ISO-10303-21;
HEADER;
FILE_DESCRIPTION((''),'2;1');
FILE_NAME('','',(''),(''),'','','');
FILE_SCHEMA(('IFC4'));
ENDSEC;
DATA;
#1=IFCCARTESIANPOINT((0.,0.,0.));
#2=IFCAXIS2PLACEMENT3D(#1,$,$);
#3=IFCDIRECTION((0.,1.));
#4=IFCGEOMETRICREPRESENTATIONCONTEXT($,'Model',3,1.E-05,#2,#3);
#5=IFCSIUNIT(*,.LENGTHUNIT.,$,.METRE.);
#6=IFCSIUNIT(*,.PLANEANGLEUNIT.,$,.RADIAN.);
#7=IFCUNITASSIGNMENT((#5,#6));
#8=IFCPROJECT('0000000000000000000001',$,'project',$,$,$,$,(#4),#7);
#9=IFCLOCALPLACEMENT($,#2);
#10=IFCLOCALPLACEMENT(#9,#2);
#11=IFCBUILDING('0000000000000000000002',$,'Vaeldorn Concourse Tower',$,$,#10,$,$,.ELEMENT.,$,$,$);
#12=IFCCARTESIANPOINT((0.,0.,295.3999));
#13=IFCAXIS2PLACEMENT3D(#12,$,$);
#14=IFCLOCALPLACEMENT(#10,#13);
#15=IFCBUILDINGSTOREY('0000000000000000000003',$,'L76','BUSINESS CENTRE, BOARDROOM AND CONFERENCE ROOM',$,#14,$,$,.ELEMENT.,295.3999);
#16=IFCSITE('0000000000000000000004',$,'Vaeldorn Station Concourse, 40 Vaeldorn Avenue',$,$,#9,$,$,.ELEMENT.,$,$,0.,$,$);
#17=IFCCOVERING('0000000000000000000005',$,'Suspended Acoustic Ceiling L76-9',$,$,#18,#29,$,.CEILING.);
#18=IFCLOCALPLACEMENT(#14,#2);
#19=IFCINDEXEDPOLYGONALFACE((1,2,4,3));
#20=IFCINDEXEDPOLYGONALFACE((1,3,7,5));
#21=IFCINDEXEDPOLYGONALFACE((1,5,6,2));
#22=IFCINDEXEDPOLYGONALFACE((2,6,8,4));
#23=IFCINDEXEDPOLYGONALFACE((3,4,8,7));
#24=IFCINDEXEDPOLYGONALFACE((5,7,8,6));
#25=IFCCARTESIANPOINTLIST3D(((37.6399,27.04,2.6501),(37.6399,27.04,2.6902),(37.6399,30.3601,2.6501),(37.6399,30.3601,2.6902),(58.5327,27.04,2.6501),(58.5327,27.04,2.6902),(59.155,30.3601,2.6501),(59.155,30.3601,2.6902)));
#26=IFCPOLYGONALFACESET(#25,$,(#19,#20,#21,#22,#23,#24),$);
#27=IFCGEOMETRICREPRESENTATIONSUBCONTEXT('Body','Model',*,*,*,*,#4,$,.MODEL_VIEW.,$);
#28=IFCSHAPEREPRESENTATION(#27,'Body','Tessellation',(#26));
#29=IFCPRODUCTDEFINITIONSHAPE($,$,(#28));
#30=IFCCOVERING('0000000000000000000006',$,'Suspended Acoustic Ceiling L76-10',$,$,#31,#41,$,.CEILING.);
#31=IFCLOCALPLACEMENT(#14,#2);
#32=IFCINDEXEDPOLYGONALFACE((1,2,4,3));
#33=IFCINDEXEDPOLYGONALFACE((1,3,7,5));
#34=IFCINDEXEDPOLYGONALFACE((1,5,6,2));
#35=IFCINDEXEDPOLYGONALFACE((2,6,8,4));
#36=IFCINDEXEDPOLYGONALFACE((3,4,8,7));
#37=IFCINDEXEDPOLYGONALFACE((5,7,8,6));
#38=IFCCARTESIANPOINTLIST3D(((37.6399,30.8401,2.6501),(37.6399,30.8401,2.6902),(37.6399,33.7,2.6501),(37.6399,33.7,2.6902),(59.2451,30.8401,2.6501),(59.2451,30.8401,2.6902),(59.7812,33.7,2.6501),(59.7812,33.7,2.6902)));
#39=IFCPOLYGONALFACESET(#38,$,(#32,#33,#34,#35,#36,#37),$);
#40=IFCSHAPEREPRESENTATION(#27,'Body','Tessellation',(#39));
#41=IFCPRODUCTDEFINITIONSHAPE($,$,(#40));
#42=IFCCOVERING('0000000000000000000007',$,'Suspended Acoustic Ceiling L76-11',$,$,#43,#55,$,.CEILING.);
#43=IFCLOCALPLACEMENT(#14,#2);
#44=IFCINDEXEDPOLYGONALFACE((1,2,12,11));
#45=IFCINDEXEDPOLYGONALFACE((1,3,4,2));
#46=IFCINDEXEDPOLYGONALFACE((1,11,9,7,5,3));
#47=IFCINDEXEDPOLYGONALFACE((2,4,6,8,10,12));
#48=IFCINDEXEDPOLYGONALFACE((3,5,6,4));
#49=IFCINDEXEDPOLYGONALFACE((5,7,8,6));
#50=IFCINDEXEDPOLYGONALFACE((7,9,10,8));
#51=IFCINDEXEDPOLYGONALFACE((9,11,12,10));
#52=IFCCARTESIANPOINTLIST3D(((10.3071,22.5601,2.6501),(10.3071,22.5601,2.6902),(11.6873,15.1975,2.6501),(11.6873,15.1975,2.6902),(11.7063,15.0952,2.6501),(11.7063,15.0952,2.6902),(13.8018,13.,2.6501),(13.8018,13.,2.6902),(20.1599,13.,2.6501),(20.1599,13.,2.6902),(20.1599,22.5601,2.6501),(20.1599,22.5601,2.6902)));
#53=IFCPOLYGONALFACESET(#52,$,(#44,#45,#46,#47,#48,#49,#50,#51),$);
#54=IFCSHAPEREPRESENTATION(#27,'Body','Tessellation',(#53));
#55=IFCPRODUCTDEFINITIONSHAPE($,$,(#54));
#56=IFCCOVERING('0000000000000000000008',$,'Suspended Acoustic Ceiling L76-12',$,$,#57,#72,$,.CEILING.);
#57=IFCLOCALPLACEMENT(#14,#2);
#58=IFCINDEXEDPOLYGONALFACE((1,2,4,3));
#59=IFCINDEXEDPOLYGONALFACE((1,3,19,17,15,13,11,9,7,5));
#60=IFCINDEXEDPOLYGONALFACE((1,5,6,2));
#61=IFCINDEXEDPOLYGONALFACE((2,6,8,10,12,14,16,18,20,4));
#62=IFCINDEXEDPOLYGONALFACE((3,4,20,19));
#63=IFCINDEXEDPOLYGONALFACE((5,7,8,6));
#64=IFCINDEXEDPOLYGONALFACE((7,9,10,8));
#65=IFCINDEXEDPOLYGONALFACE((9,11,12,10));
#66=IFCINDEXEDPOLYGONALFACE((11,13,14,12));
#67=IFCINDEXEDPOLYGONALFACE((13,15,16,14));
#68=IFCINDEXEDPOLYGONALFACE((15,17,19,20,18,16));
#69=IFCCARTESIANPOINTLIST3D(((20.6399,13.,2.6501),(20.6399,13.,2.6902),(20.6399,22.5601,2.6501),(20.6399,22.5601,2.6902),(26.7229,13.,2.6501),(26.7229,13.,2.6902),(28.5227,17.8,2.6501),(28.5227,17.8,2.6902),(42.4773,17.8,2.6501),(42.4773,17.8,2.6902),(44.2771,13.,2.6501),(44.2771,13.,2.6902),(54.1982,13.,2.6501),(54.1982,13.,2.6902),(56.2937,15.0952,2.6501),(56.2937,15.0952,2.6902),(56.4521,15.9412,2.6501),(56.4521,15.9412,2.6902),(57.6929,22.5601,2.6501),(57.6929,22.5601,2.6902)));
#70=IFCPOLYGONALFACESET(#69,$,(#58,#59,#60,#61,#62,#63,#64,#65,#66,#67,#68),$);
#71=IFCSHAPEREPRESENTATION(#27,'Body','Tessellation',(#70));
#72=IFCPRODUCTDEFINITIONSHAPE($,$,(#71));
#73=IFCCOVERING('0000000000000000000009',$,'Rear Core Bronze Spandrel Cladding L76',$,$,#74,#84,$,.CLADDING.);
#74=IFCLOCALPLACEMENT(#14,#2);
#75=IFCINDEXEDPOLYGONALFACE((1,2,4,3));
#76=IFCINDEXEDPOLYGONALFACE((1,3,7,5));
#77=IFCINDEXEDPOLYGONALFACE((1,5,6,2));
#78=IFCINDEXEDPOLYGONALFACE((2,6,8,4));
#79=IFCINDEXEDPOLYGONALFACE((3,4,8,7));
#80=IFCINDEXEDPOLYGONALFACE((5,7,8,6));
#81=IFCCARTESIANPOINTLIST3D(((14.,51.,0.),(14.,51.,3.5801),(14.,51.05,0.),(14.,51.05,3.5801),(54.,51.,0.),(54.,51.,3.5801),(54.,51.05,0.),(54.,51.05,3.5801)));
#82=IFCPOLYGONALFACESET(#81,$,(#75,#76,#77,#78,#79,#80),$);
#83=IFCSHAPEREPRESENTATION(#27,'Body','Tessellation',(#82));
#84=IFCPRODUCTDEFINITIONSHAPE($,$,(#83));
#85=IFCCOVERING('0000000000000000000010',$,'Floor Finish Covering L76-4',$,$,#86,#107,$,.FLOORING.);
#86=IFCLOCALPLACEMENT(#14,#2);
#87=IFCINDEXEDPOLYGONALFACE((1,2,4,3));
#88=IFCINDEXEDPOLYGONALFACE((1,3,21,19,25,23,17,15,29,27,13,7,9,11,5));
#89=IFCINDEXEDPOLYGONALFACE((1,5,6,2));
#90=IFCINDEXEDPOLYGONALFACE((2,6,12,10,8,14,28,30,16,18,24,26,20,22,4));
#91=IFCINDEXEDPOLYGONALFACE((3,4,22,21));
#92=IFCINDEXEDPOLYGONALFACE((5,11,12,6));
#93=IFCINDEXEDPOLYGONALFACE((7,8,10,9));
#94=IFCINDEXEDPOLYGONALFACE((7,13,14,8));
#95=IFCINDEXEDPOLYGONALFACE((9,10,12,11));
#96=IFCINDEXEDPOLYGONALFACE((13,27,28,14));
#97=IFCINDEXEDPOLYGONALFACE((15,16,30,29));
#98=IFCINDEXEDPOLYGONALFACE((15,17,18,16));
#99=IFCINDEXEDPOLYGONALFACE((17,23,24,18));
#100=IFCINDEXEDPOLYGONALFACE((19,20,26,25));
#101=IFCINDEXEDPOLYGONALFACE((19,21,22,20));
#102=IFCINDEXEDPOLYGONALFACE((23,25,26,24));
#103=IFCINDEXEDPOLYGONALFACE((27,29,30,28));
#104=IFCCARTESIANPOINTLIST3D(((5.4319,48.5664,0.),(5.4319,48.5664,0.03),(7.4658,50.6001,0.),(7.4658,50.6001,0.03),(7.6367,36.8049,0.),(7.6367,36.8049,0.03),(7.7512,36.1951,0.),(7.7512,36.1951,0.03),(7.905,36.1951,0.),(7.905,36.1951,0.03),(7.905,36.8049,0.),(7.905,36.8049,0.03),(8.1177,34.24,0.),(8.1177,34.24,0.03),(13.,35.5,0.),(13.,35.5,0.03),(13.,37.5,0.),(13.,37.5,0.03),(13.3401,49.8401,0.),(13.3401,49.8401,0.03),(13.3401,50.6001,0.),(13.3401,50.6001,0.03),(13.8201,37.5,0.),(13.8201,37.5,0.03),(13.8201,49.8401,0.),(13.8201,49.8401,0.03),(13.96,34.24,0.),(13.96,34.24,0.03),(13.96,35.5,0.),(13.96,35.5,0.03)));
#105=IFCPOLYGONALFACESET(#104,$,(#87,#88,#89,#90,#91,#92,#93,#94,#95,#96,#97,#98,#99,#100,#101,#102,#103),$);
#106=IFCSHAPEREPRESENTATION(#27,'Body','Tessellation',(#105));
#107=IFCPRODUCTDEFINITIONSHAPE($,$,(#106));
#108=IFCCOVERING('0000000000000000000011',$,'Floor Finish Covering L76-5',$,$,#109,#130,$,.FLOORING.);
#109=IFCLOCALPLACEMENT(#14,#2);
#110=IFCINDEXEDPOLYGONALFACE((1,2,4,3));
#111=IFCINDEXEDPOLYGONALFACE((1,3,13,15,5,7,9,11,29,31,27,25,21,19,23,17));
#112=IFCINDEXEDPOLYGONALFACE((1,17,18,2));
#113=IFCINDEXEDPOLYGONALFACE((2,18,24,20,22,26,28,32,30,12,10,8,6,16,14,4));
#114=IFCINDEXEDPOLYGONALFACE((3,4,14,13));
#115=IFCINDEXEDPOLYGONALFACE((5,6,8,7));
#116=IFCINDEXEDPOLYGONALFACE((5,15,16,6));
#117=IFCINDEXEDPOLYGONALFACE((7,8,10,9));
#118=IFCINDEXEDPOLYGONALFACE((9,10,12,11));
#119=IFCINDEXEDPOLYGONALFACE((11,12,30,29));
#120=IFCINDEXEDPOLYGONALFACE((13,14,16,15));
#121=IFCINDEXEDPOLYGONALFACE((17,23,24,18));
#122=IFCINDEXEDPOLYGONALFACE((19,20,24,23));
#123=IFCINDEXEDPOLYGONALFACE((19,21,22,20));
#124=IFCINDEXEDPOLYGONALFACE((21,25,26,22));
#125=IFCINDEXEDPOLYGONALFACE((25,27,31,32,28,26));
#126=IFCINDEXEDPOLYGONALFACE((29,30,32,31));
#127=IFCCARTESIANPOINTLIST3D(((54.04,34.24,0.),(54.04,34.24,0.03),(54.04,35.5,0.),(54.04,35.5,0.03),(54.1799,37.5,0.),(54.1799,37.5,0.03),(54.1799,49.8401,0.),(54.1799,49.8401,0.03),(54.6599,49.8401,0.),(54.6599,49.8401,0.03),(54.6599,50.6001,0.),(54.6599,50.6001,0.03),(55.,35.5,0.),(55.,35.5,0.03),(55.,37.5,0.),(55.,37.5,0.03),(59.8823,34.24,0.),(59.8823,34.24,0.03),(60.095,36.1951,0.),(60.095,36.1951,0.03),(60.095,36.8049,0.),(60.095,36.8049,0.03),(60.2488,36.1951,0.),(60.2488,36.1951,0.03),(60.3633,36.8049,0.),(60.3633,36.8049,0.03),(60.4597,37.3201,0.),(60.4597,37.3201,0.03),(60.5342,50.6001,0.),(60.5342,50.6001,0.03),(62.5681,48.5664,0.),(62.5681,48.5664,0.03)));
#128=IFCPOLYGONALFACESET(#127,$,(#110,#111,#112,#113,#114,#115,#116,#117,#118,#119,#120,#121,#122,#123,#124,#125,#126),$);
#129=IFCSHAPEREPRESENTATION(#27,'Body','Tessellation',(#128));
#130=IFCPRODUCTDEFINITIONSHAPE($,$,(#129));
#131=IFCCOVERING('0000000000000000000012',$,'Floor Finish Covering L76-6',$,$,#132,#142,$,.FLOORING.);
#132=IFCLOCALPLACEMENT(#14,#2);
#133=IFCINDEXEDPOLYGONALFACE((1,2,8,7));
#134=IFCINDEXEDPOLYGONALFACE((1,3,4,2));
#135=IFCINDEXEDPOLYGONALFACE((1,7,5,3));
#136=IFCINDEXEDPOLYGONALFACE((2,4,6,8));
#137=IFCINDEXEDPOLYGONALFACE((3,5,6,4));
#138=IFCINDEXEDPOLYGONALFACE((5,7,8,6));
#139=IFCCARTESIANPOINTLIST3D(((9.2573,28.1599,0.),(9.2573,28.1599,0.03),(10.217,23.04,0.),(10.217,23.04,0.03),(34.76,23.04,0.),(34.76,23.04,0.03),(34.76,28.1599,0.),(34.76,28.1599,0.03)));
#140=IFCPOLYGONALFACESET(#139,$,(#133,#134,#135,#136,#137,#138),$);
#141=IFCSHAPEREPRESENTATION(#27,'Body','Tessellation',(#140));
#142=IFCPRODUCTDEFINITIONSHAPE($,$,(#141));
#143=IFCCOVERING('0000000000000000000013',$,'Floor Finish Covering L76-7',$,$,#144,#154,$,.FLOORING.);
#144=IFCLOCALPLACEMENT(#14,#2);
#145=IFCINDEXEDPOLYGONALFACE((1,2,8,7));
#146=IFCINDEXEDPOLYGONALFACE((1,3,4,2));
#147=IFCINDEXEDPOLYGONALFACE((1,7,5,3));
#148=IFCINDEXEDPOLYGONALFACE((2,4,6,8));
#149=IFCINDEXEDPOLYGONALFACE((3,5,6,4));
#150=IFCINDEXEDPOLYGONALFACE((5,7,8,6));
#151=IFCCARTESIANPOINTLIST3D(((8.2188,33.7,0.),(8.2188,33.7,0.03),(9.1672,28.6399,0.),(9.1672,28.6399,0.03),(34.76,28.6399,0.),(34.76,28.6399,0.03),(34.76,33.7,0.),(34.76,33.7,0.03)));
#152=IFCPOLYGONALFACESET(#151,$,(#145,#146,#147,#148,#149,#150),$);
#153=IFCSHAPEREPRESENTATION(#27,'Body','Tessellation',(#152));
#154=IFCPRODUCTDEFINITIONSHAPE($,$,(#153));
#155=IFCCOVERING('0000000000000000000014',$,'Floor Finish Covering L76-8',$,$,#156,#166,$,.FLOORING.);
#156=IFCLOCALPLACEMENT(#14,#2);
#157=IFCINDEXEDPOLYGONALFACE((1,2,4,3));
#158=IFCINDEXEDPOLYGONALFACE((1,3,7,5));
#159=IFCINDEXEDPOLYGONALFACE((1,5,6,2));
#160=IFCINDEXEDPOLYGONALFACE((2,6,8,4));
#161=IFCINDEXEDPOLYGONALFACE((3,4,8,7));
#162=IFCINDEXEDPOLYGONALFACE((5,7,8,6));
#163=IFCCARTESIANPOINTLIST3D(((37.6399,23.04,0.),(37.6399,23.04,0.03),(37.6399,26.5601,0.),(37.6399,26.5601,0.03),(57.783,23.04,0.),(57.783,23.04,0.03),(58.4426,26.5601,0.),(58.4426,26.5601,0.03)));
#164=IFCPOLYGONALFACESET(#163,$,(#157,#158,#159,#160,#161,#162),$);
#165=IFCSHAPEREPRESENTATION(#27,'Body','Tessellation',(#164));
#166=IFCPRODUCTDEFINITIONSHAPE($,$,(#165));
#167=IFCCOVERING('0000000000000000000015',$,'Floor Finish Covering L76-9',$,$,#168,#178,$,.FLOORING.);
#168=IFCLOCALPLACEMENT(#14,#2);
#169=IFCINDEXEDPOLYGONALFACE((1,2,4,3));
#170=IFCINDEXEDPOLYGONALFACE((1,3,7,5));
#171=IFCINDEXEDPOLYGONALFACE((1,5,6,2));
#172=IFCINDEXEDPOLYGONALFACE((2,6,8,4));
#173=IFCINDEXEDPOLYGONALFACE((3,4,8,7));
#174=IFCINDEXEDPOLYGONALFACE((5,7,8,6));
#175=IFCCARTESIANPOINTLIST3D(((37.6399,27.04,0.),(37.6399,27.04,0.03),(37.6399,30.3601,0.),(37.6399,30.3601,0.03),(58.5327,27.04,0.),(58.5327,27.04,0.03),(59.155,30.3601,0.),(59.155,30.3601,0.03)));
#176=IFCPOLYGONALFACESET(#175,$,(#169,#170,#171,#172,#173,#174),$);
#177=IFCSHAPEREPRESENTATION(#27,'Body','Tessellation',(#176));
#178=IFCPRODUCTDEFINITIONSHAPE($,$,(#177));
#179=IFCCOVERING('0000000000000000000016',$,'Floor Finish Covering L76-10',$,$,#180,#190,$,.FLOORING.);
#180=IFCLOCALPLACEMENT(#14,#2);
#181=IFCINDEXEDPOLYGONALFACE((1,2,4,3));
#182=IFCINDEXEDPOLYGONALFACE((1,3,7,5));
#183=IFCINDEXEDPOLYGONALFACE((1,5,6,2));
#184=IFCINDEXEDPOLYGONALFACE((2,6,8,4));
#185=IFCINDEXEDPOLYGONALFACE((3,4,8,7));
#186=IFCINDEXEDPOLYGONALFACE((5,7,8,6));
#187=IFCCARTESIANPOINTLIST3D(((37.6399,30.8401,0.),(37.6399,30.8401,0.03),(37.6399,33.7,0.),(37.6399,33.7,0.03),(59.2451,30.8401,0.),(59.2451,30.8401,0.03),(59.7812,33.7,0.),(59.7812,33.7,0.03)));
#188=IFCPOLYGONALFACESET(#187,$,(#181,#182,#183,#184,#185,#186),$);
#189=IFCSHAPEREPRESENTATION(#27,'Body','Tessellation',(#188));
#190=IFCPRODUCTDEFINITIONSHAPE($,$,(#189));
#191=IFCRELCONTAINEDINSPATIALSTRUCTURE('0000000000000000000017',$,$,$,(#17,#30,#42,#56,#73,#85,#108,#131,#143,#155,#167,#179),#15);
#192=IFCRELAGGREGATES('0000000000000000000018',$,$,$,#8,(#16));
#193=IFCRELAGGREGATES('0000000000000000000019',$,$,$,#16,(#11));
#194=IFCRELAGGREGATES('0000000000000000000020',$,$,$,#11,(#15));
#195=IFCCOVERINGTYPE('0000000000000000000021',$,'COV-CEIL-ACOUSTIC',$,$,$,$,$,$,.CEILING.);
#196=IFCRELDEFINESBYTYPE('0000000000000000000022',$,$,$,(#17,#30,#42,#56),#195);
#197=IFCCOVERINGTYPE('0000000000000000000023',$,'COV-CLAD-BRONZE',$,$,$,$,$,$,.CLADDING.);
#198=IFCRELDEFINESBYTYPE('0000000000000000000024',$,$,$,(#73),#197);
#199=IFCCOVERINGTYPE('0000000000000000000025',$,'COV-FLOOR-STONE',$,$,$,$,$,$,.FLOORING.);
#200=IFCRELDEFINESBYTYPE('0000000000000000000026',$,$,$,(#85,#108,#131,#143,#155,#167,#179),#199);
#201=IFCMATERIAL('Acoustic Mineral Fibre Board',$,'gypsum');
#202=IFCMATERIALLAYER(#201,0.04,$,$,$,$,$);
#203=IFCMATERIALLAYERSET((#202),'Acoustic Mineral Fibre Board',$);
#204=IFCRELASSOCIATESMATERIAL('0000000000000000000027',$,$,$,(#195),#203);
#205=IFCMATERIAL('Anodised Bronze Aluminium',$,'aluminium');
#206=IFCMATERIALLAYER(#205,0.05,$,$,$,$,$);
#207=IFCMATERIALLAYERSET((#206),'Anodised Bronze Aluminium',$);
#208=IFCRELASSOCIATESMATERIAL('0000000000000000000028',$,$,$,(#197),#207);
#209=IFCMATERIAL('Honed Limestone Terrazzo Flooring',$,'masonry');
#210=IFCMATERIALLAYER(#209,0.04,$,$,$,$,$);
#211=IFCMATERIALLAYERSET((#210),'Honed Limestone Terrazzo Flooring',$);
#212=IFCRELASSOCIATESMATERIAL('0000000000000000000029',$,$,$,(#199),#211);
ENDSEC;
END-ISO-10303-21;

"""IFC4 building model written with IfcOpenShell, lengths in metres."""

from ifc_helpers import new_model, si_unit, direction, frame, origin, place, context, subcontext, project, spatial, polyline, outline, extrude, material, layer, layer_set, type_object, element, save


model = new_model("IFC4")

# Units and contexts
model_context = context("Model", 3, precision=1e-05, world=origin(), true_north=direction((0.0, 1.0)))
body_context = subcontext(model_context, "Body", "Model", "MODEL_VIEW")
ifc_project = project(units=[si_unit("LENGTHUNIT", "METRE"), si_unit("PLANEANGLEUNIT", "RADIAN")], contexts=[model_context])

# Site, building, storey
site_placement = place(None, origin())
site = spatial("IfcSite", under=ifc_project, at=site_placement, Name="Vaeldorn Station Concourse, 40 Vaeldorn Avenue", CompositionType="ELEMENT", RefElevation=0.0)
building_placement = place(site_placement, origin())
building = spatial("IfcBuilding", under=site, at=building_placement, Name="Vaeldorn Concourse Tower", CompositionType="ELEMENT")
storey_placement = place(building_placement, frame((0.0, 0.0, 295.3999)))
storey = spatial("IfcBuildingStorey", under=building, at=storey_placement, Name="L76", Description="BUSINESS CENTRE, BOARDROOM AND CONFERENCE ROOM", CompositionType="ELEMENT", Elevation=295.3999)

# Coverings
ifc_material_1 = material(Name="Acoustic Mineral Fibre Board", Category="gypsum")
ifc_layer_1 = layer(ifc_material_1, 0.04)
ifc_layer_set_1 = layer_set([ifc_layer_1], Name="Acoustic Mineral Fibre Board")
covering_type_1 = type_object("IfcCoveringType", Name="COV-CEIL-ACOUSTIC", PredefinedType="CEILING", material=ifc_layer_set_1)
covering_1_placement = place(storey_placement, frame((0.0, 0.0, 2.6501)))
element("IfcCovering", 1, at=covering_1_placement, inside=storey, type_object=covering_type_1, Name="Suspended Acoustic Ceiling L76-9", PredefinedType="CEILING", context=body_context, shape_type="SweptSolid", body=[
    extrude(outline(polyline([(37.6399, 30.3601), (59.155, 30.3601), (58.5327, 27.04), (37.6399, 27.04), (37.6399, 30.3601)])), origin(), (0.0, 0.0, 1.0), 0.04),
])
covering_2_placement = place(storey_placement, frame((0.0, 0.0, 2.6501)))
element("IfcCovering", 2, at=covering_2_placement, inside=storey, type_object=covering_type_1, Name="Suspended Acoustic Ceiling L76-10", PredefinedType="CEILING", context=body_context, shape_type="SweptSolid", body=[
    extrude(outline(polyline([(37.6399, 30.8401), (37.6399, 33.7), (59.7812, 33.7), (59.2451, 30.8401), (37.6399, 30.8401)])), origin(), (0.0, 0.0, 1.0), 0.04),
])
covering_3_placement = place(storey_placement, frame((0.0, 0.0, 2.6501)))
element("IfcCovering", 3, at=covering_3_placement, inside=storey, type_object=covering_type_1, Name="Suspended Acoustic Ceiling L76-11", PredefinedType="CEILING", context=body_context, shape_type="SweptSolid", body=[
    extrude(outline(polyline([(20.1599, 22.5601), (20.1599, 13.0), (13.8018, 13.0), (11.7063, 15.0952), (11.6873, 15.1975), (10.3071, 22.5601), (20.1599, 22.5601)])), origin(), (0.0, 0.0, 1.0), 0.04),
])
covering_4_placement = place(storey_placement, frame((0.0, 0.0, 2.6501)))
element("IfcCovering", 4, at=covering_4_placement, inside=storey, type_object=covering_type_1, Name="Suspended Acoustic Ceiling L76-12", PredefinedType="CEILING", context=body_context, shape_type="SweptSolid", body=[
    extrude(outline(polyline([(26.7229, 13.0), (20.6399, 13.0), (20.6399, 22.5601), (57.6929, 22.5601), (56.4521, 15.9412), (56.4521, 15.9412), (56.2937, 15.0952), (54.1982, 13.0), (44.2771, 13.0), (42.4773, 17.8), (28.5227, 17.8), (26.7229, 13.0)])), origin(), (0.0, 0.0, 1.0), 0.04),
])
ifc_material_2 = material(Name="Anodised Bronze Aluminium", Category="aluminium")
ifc_layer_2 = layer(ifc_material_2, 0.05)
ifc_layer_set_2 = layer_set([ifc_layer_2], Name="Anodised Bronze Aluminium")
covering_type_2 = type_object("IfcCoveringType", Name="COV-CLAD-BRONZE", PredefinedType="CLADDING", material=ifc_layer_set_2)
covering_5_placement = place(storey_placement, origin())
element("IfcCovering", 5, at=covering_5_placement, inside=storey, type_object=covering_type_2, Name="Rear Core Bronze Spandrel Cladding L76", PredefinedType="CLADDING", context=body_context, shape_type="SweptSolid", body=[
    extrude(outline(polyline([(14.0, 51.0), (54.0, 51.0), (54.0, 51.05), (14.0, 51.05), (14.0, 51.0)])), origin(), (0.0, 0.0, 1.0), 3.5801),
])
ifc_material_3 = material(Name="Honed Limestone Terrazzo Flooring", Category="masonry")
ifc_layer_3 = layer(ifc_material_3, 0.04)
ifc_layer_set_3 = layer_set([ifc_layer_3], Name="Honed Limestone Terrazzo Flooring")
covering_type_3 = type_object("IfcCoveringType", Name="COV-FLOOR-STONE", PredefinedType="FLOORING", material=ifc_layer_set_3)
covering_6_placement = place(storey_placement, origin())
element("IfcCovering", 6, at=covering_6_placement, inside=storey, type_object=covering_type_3, Name="Floor Finish Covering L76-4", PredefinedType="FLOORING", context=body_context, shape_type="SweptSolid", body=[
    extrude(outline(polyline([(7.4658, 50.6001), (13.3401, 50.6001), (13.3401, 49.8401), (13.8201, 49.8401), (13.8201, 37.5), (13.0, 37.5), (13.0, 35.5), (13.96, 35.5), (13.96, 34.24), (8.1177, 34.24), (7.7512, 36.1951), (7.905, 36.1951), (7.905, 36.8049), (7.6367, 36.8049), (5.4319, 48.5664), (7.4658, 50.6001)])), origin(), (0.0, 0.0, 1.0), 0.03),
])
covering_7_placement = place(storey_placement, origin())
element("IfcCovering", 7, at=covering_7_placement, inside=storey, type_object=covering_type_3, Name="Floor Finish Covering L76-5", PredefinedType="FLOORING", context=body_context, shape_type="SweptSolid", body=[
    extrude(outline(polyline([(54.1799, 49.8401), (54.6599, 49.8401), (54.6599, 50.6001), (60.5342, 50.6001), (62.5681, 48.5664), (60.4597, 37.3201), (60.4597, 37.3201), (60.3633, 36.8049), (60.095, 36.8049), (60.095, 36.1951), (60.2488, 36.1951), (59.8823, 34.24), (54.04, 34.24), (54.04, 35.5), (55.0, 35.5), (55.0, 37.5), (54.1799, 37.5), (54.1799, 49.8401)])), origin(), (0.0, 0.0, 1.0), 0.03),
])
covering_8_placement = place(storey_placement, origin())
element("IfcCovering", 8, at=covering_8_placement, inside=storey, type_object=covering_type_3, Name="Floor Finish Covering L76-6", PredefinedType="FLOORING", context=body_context, shape_type="SweptSolid", body=[
    extrude(outline(polyline([(34.76, 28.1599), (34.76, 23.04), (10.217, 23.04), (9.2573, 28.1599), (34.76, 28.1599)])), origin(), (0.0, 0.0, 1.0), 0.03),
])
covering_9_placement = place(storey_placement, origin())
element("IfcCovering", 9, at=covering_9_placement, inside=storey, type_object=covering_type_3, Name="Floor Finish Covering L76-7", PredefinedType="FLOORING", context=body_context, shape_type="SweptSolid", body=[
    extrude(outline(polyline([(34.76, 33.7), (34.76, 28.6399), (9.1672, 28.6399), (8.2188, 33.7), (34.76, 33.7)])), origin(), (0.0, 0.0, 1.0), 0.03),
])
covering_10_placement = place(storey_placement, origin())
element("IfcCovering", 10, at=covering_10_placement, inside=storey, type_object=covering_type_3, Name="Floor Finish Covering L76-8", PredefinedType="FLOORING", context=body_context, shape_type="SweptSolid", body=[
    extrude(outline(polyline([(37.6399, 23.04), (37.6399, 26.5601), (58.4426, 26.5601), (57.783, 23.04), (37.6399, 23.04)])), origin(), (0.0, 0.0, 1.0), 0.03),
])
covering_11_placement = place(storey_placement, origin())
element("IfcCovering", 11, at=covering_11_placement, inside=storey, type_object=covering_type_3, Name="Floor Finish Covering L76-9", PredefinedType="FLOORING", context=body_context, shape_type="SweptSolid", body=[
    extrude(outline(polyline([(37.6399, 30.3601), (59.155, 30.3601), (58.5327, 27.04), (37.6399, 27.04), (37.6399, 30.3601)])), origin(), (0.0, 0.0, 1.0), 0.03),
])
covering_12_placement = place(storey_placement, origin())
element("IfcCovering", 12, at=covering_12_placement, inside=storey, type_object=covering_type_3, Name="Floor Finish Covering L76-10", PredefinedType="FLOORING", context=body_context, shape_type="SweptSolid", body=[
    extrude(outline(polyline([(37.6399, 30.8401), (37.6399, 33.7), (59.7812, 33.7), (59.2451, 30.8401), (37.6399, 30.8401)])), origin(), (0.0, 0.0, 1.0), 0.03),
])

save(model, "model.ifc")
